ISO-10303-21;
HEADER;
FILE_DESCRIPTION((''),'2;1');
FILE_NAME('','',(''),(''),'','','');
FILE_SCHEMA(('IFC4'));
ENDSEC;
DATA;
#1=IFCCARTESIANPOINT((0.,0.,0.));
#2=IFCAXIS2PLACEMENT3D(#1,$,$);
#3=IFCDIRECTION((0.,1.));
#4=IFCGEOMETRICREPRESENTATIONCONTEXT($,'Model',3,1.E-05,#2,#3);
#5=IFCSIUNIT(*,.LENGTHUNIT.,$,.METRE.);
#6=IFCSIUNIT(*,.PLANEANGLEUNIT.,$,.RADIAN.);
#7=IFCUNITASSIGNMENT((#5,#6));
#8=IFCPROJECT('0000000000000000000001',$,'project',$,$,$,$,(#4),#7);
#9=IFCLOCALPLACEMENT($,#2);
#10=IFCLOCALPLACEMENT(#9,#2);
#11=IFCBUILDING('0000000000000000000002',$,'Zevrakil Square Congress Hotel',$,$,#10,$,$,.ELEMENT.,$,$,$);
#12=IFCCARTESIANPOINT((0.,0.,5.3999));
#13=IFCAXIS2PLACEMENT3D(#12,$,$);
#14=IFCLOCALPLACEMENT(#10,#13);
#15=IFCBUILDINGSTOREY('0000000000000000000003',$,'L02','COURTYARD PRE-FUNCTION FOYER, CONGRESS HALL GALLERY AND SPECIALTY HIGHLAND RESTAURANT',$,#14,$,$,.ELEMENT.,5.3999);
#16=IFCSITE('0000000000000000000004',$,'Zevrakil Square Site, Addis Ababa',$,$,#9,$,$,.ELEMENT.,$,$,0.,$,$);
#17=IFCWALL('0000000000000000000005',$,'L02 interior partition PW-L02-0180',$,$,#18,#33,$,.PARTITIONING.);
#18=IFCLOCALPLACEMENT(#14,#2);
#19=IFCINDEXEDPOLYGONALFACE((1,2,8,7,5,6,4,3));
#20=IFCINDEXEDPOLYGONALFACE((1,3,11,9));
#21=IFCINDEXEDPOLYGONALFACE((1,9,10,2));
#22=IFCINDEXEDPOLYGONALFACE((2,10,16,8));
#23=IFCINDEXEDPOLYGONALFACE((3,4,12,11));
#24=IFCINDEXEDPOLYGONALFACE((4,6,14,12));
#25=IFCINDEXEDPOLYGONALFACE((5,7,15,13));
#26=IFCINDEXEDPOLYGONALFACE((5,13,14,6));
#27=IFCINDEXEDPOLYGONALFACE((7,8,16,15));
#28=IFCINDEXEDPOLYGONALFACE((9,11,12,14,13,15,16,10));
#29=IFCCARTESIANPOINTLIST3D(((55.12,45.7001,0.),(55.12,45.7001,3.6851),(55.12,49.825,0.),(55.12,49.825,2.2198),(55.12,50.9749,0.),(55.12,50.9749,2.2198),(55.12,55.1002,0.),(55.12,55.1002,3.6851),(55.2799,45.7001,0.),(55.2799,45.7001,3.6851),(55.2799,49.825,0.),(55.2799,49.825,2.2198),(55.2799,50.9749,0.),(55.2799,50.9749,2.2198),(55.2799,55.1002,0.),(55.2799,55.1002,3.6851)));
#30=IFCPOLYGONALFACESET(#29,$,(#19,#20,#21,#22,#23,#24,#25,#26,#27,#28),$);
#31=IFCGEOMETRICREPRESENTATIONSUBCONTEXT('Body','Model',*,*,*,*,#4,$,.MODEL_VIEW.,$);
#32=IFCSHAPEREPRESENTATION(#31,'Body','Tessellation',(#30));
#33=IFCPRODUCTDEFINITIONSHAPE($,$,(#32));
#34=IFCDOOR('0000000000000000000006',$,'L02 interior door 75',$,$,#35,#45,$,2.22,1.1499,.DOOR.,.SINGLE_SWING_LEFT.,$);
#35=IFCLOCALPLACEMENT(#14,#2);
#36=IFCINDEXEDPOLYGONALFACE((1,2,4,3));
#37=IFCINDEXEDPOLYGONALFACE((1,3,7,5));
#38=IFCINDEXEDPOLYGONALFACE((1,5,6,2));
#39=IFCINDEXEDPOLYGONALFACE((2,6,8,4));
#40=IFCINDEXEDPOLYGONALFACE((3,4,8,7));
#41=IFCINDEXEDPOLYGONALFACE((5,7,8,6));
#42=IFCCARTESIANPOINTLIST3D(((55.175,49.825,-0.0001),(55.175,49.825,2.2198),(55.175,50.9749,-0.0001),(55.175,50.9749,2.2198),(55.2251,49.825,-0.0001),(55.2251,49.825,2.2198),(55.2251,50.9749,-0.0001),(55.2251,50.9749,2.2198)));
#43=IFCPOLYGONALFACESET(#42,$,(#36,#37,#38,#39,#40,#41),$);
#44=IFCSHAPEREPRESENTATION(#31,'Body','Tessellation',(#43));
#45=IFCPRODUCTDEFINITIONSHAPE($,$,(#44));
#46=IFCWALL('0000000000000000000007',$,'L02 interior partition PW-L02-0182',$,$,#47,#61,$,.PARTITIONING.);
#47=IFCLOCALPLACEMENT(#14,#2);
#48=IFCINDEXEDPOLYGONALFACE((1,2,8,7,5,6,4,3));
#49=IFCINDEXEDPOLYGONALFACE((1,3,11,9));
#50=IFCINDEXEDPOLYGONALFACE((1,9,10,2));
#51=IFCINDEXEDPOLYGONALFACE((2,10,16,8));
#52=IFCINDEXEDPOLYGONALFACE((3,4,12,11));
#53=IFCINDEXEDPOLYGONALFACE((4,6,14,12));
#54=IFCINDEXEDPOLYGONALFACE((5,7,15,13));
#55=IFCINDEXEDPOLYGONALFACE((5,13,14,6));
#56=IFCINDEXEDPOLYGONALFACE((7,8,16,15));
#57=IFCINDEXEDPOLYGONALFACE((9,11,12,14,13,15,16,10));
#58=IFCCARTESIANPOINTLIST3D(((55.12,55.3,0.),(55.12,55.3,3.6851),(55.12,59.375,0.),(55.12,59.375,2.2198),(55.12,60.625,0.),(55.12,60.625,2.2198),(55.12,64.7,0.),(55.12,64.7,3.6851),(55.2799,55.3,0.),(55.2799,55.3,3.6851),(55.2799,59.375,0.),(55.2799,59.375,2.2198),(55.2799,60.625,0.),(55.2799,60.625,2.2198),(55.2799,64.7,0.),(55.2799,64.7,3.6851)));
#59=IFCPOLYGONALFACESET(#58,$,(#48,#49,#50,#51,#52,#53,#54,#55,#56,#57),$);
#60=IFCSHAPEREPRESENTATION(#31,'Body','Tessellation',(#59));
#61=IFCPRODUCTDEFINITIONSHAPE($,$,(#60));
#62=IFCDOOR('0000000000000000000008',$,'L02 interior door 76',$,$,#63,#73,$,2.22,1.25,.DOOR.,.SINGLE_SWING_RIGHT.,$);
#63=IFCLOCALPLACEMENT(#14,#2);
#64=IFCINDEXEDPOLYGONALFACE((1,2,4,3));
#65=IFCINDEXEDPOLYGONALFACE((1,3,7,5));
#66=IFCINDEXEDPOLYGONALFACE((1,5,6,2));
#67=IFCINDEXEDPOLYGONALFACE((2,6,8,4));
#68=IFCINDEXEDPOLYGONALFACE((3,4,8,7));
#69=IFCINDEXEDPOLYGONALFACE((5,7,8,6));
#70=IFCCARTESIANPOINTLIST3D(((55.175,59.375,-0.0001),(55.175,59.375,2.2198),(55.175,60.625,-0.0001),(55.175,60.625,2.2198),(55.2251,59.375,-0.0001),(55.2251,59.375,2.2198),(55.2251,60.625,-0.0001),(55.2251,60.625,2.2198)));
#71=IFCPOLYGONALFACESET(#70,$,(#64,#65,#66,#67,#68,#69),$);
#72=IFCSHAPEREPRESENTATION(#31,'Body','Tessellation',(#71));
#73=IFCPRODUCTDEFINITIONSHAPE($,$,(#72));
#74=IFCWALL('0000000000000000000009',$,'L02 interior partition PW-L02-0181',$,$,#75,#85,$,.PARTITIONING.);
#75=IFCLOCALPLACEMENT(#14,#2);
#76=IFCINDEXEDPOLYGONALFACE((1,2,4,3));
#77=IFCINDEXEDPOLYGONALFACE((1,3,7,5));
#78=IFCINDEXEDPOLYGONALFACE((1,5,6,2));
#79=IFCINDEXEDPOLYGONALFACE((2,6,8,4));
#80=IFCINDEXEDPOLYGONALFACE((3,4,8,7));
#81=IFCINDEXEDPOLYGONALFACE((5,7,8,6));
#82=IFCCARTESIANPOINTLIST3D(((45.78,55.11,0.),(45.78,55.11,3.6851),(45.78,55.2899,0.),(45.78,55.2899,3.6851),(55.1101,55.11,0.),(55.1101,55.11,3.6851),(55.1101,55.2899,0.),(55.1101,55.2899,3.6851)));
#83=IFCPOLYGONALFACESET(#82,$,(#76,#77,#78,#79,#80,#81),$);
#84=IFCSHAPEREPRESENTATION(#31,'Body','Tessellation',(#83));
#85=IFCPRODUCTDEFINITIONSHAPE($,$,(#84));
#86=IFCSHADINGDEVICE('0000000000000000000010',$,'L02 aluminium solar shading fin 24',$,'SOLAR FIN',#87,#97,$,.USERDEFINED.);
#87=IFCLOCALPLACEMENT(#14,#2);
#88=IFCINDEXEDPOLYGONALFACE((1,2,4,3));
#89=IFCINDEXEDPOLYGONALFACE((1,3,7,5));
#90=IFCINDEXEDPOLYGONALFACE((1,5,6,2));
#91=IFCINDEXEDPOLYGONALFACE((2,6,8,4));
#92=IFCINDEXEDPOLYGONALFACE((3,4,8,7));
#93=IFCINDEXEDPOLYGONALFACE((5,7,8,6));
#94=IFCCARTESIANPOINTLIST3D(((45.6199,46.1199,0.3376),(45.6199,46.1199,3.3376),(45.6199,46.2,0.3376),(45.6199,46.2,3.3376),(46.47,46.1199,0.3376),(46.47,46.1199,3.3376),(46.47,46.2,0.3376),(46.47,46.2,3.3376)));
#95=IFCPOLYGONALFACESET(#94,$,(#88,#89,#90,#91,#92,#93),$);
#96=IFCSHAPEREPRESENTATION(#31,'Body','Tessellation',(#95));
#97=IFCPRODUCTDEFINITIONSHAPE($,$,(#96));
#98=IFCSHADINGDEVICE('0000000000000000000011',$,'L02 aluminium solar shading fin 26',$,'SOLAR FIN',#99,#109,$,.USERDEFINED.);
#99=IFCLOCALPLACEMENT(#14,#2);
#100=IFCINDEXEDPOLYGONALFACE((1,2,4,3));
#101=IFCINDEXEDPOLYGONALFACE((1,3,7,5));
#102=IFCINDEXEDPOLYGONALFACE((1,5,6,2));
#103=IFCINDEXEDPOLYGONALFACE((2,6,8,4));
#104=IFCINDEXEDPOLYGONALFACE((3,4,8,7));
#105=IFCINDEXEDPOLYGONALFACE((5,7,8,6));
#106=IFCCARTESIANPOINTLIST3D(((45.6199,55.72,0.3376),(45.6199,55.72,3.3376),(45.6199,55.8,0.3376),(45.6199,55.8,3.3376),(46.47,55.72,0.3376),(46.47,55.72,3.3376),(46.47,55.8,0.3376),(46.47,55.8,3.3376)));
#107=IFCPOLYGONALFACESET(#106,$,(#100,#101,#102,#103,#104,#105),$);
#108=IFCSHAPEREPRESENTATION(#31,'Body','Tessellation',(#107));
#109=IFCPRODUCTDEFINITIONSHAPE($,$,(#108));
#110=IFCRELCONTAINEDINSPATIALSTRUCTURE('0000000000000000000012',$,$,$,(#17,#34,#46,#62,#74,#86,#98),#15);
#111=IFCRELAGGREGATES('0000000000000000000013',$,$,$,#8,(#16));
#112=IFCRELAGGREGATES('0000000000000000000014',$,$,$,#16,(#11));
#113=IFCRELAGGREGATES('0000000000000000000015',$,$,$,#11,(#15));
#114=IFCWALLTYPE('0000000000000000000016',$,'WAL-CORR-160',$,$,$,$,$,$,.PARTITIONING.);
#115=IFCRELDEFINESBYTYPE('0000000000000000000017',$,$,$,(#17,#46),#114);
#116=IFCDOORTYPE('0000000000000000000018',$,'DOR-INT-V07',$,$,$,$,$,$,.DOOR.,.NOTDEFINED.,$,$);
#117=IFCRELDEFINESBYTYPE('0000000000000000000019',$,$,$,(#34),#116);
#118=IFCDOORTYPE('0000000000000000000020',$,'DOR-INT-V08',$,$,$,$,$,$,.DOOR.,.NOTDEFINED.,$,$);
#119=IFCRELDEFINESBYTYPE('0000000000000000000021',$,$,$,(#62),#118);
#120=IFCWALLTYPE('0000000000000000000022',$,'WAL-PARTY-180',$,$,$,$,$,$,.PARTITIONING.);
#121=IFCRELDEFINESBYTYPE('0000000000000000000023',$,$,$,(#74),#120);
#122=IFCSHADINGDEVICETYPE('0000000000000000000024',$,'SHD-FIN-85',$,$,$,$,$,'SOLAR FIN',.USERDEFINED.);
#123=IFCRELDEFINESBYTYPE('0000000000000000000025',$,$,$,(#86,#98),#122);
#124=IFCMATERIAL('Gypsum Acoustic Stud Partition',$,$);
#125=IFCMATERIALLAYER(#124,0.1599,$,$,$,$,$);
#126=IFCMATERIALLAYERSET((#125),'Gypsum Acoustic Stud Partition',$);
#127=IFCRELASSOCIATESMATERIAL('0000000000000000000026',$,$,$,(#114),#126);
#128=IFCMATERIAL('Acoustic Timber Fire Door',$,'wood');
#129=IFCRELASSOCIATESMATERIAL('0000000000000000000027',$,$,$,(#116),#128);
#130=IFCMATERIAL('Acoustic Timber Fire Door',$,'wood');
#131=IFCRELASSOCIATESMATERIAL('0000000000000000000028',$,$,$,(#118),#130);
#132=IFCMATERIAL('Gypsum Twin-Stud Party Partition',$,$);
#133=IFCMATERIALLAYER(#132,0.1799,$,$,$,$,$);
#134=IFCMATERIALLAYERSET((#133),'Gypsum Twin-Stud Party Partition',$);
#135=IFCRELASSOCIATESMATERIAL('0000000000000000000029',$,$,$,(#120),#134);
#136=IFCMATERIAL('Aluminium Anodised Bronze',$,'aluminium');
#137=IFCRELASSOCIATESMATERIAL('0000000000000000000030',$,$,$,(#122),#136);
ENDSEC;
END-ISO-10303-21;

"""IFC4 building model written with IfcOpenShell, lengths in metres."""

from ifc_helpers import new_model, si_unit, direction, frame, frame_2d, origin, origin_2d, place, context, subcontext, project, spatial, rectangle, extrude, material, layer, layer_set, type_object, element, fill, save


model = new_model("IFC4")

# Units and contexts
model_context = context("Model", 3, precision=1e-05, world=origin(), true_north=direction((0.0, 1.0)))
body_context = subcontext(model_context, "Body", "Model", "MODEL_VIEW")
ifc_project = project(units=[si_unit("LENGTHUNIT", "METRE"), si_unit("PLANEANGLEUNIT", "RADIAN")], contexts=[model_context])

# Site, building, storey
site_placement = place(None, origin())
site = spatial("IfcSite", under=ifc_project, at=site_placement, Name="Zevrakil Square Site, Addis Ababa", CompositionType="ELEMENT", RefElevation=0.0)
building_placement = place(site_placement, origin())
building = spatial("IfcBuilding", under=site, at=building_placement, Name="Zevrakil Square Congress Hotel", CompositionType="ELEMENT")
storey_placement = place(building_placement, frame((0.0, 0.0, 5.3999)))
storey = spatial("IfcBuildingStorey", under=building, at=storey_placement, Name="L02", Description="COURTYARD PRE-FUNCTION FOYER, CONGRESS HALL GALLERY AND SPECIALTY HIGHLAND RESTAURANT", CompositionType="ELEMENT", Elevation=5.3999)

# Walls, openings, doors
ifc_material_1 = material(Name="Gypsum Acoustic Stud Partition")
ifc_layer_1 = layer(ifc_material_1, 0.1599)
ifc_layer_set_1 = layer_set([ifc_layer_1], Name="Gypsum Acoustic Stud Partition")
wall_type_1 = type_object("IfcWallType", Name="WAL-CORR-160", PredefinedType="PARTITIONING", material=ifc_layer_set_1)
wall_1_placement = place(storey_placement, frame((55.2, 45.7, 0.0), z_axis=(0.0, 0.0, 1.0), x_axis=(0.0, 1.0, 0.0)))
wall_1 = element("IfcWall", 1, at=wall_1_placement, inside=storey, type_object=wall_type_1, Name="L02 interior partition PW-L02-0180", PredefinedType="PARTITIONING", context=body_context, shape_type="SweptSolid", body=[
    extrude(rectangle(XDim=9.4001, YDim=0.1599, at=frame_2d((4.7002, 0.0))), origin(), (0.0, 0.0, 1.0), 3.6851),
])
opening_1_placement = place(wall_1_placement, frame((4.125, 0.0, 0.0)))
opening_1 = element("IfcOpeningElement", 2, at=opening_1_placement, cuts=wall_1, PredefinedType="OPENING", context=body_context, shape_type="SweptSolid", body=[
    extrude(rectangle(XDim=1.1499, YDim=2.22, at=frame_2d((0.575, 1.1099))), frame((0.0, 0.0898, 0.0), z_axis=(0.0, -1.0, 0.0), x_axis=(1.0, 0.0, 0.0)), (0.0, 0.0, 1.0), 0.1799),
])
ifc_material_2 = material(Name="Acoustic Timber Fire Door", Category="wood")
door_type_1 = type_object("IfcDoorType", Name="DOR-INT-V07", OperationType="NOTDEFINED", PredefinedType="DOOR", material=ifc_material_2)
door_1_placement = place(opening_1_placement, origin())
door_1 = element("IfcDoor", 3, at=door_1_placement, inside=storey, type_object=door_type_1, Name="L02 interior door 75", OperationType="SINGLE_SWING_LEFT", OverallHeight=2.22, OverallWidth=1.1499, PredefinedType="DOOR", context=body_context, shape_type="SweptSolid", body=[
    extrude(rectangle(XDim=1.1499, YDim=2.22, at=frame_2d((0.575, 1.1099))), frame((0.0, 0.0249, 0.0), z_axis=(0.0, -1.0, 0.0), x_axis=(1.0, 0.0, 0.0)), (0.0, 0.0, 1.0), 0.05),
])
fill(opening_1, door_1)
wall_2_placement = place(storey_placement, frame((55.2, 55.3, 0.0), z_axis=(0.0, 0.0, 1.0), x_axis=(0.0, 1.0, 0.0)))
wall_2 = element("IfcWall", 4, at=wall_2_placement, inside=storey, type_object=wall_type_1, Name="L02 interior partition PW-L02-0182", PredefinedType="PARTITIONING", context=body_context, shape_type="SweptSolid", body=[
    extrude(rectangle(XDim=9.3999, YDim=0.1599, at=frame_2d((4.7, 0.0))), origin(), (0.0, 0.0, 1.0), 3.6851),
])
opening_2_placement = place(wall_2_placement, frame((4.075, 0.0, 0.0)))
opening_2 = element("IfcOpeningElement", 5, at=opening_2_placement, cuts=wall_2, PredefinedType="OPENING", context=body_context, shape_type="SweptSolid", body=[
    extrude(rectangle(XDim=1.25, YDim=2.22, at=frame_2d((0.625, 1.1099))), frame((0.0, 0.0898, 0.0), z_axis=(0.0, -1.0, 0.0), x_axis=(1.0, 0.0, 0.0)), (0.0, 0.0, 1.0), 0.1799),
])
ifc_material_3 = material(Name="Acoustic Timber Fire Door", Category="wood")
door_type_2 = type_object("IfcDoorType", Name="DOR-INT-V08", OperationType="NOTDEFINED", PredefinedType="DOOR", material=ifc_material_3)
door_2_placement = place(opening_2_placement, origin())
door_2 = element("IfcDoor", 6, at=door_2_placement, inside=storey, type_object=door_type_2, Name="L02 interior door 76", OperationType="SINGLE_SWING_RIGHT", OverallHeight=2.22, OverallWidth=1.25, PredefinedType="DOOR", context=body_context, shape_type="SweptSolid", body=[
    extrude(rectangle(XDim=1.25, YDim=2.22, at=frame_2d((0.625, 1.1099))), frame((0.0, 0.0249, 0.0), z_axis=(0.0, -1.0, 0.0), x_axis=(1.0, 0.0, 0.0)), (0.0, 0.0, 1.0), 0.05),
])
fill(opening_2, door_2)

# Wall
ifc_material_4 = material(Name="Gypsum Twin-Stud Party Partition")
ifc_layer_2 = layer(ifc_material_4, 0.1799)
ifc_layer_set_2 = layer_set([ifc_layer_2], Name="Gypsum Twin-Stud Party Partition")
wall_type_2 = type_object("IfcWallType", Name="WAL-PARTY-180", PredefinedType="PARTITIONING", material=ifc_layer_set_2)
wall_3_placement = place(storey_placement, frame((45.78, 55.2, 0.0), z_axis=(0.0, 0.0, 1.0), x_axis=(1.0, 0.0, 0.0)))
element("IfcWall", 7, at=wall_3_placement, inside=storey, type_object=wall_type_2, Name="L02 interior partition PW-L02-0181", PredefinedType="PARTITIONING", context=body_context, shape_type="SweptSolid", body=[
    extrude(rectangle(XDim=9.3301, YDim=0.1799, at=frame_2d((4.665, 0.0))), origin(), (0.0, 0.0, 1.0), 3.6851),
])

# Shading devices
ifc_material_5 = material(Name="Aluminium Anodised Bronze", Category="aluminium")
shading_device_type = type_object("IfcShadingDeviceType", Name="SHD-FIN-85", ElementType="SOLAR FIN", PredefinedType="USERDEFINED", material=ifc_material_5)
for number, where, z_axis, x_axis, name in (
    (8, (46.0449, 46.1599, 0.3376), (0.0, 0.0, 1.0), (1.0, 0.0, 0.0), "L02 aluminium solar shading fin 24"),
    (9, (46.0449, 55.76, 0.3376), (0.0, 0.0, 1.0), (1.0, 0.0, 0.0), "L02 aluminium solar shading fin 26"),
):
    element("IfcShadingDevice", number, at=place(storey_placement, frame(where, z_axis=z_axis, x_axis=x_axis)), inside=storey, type_object=shading_device_type, Name=name, ObjectType="SOLAR FIN", PredefinedType="USERDEFINED", context=body_context, shape_type="SweptSolid", body=[
        extrude(rectangle(XDim=0.8501, YDim=0.0801, at=origin_2d()), origin(), (0.0, 0.0, 1.0), 3.0),
    ])

save(model, "model.ifc")
